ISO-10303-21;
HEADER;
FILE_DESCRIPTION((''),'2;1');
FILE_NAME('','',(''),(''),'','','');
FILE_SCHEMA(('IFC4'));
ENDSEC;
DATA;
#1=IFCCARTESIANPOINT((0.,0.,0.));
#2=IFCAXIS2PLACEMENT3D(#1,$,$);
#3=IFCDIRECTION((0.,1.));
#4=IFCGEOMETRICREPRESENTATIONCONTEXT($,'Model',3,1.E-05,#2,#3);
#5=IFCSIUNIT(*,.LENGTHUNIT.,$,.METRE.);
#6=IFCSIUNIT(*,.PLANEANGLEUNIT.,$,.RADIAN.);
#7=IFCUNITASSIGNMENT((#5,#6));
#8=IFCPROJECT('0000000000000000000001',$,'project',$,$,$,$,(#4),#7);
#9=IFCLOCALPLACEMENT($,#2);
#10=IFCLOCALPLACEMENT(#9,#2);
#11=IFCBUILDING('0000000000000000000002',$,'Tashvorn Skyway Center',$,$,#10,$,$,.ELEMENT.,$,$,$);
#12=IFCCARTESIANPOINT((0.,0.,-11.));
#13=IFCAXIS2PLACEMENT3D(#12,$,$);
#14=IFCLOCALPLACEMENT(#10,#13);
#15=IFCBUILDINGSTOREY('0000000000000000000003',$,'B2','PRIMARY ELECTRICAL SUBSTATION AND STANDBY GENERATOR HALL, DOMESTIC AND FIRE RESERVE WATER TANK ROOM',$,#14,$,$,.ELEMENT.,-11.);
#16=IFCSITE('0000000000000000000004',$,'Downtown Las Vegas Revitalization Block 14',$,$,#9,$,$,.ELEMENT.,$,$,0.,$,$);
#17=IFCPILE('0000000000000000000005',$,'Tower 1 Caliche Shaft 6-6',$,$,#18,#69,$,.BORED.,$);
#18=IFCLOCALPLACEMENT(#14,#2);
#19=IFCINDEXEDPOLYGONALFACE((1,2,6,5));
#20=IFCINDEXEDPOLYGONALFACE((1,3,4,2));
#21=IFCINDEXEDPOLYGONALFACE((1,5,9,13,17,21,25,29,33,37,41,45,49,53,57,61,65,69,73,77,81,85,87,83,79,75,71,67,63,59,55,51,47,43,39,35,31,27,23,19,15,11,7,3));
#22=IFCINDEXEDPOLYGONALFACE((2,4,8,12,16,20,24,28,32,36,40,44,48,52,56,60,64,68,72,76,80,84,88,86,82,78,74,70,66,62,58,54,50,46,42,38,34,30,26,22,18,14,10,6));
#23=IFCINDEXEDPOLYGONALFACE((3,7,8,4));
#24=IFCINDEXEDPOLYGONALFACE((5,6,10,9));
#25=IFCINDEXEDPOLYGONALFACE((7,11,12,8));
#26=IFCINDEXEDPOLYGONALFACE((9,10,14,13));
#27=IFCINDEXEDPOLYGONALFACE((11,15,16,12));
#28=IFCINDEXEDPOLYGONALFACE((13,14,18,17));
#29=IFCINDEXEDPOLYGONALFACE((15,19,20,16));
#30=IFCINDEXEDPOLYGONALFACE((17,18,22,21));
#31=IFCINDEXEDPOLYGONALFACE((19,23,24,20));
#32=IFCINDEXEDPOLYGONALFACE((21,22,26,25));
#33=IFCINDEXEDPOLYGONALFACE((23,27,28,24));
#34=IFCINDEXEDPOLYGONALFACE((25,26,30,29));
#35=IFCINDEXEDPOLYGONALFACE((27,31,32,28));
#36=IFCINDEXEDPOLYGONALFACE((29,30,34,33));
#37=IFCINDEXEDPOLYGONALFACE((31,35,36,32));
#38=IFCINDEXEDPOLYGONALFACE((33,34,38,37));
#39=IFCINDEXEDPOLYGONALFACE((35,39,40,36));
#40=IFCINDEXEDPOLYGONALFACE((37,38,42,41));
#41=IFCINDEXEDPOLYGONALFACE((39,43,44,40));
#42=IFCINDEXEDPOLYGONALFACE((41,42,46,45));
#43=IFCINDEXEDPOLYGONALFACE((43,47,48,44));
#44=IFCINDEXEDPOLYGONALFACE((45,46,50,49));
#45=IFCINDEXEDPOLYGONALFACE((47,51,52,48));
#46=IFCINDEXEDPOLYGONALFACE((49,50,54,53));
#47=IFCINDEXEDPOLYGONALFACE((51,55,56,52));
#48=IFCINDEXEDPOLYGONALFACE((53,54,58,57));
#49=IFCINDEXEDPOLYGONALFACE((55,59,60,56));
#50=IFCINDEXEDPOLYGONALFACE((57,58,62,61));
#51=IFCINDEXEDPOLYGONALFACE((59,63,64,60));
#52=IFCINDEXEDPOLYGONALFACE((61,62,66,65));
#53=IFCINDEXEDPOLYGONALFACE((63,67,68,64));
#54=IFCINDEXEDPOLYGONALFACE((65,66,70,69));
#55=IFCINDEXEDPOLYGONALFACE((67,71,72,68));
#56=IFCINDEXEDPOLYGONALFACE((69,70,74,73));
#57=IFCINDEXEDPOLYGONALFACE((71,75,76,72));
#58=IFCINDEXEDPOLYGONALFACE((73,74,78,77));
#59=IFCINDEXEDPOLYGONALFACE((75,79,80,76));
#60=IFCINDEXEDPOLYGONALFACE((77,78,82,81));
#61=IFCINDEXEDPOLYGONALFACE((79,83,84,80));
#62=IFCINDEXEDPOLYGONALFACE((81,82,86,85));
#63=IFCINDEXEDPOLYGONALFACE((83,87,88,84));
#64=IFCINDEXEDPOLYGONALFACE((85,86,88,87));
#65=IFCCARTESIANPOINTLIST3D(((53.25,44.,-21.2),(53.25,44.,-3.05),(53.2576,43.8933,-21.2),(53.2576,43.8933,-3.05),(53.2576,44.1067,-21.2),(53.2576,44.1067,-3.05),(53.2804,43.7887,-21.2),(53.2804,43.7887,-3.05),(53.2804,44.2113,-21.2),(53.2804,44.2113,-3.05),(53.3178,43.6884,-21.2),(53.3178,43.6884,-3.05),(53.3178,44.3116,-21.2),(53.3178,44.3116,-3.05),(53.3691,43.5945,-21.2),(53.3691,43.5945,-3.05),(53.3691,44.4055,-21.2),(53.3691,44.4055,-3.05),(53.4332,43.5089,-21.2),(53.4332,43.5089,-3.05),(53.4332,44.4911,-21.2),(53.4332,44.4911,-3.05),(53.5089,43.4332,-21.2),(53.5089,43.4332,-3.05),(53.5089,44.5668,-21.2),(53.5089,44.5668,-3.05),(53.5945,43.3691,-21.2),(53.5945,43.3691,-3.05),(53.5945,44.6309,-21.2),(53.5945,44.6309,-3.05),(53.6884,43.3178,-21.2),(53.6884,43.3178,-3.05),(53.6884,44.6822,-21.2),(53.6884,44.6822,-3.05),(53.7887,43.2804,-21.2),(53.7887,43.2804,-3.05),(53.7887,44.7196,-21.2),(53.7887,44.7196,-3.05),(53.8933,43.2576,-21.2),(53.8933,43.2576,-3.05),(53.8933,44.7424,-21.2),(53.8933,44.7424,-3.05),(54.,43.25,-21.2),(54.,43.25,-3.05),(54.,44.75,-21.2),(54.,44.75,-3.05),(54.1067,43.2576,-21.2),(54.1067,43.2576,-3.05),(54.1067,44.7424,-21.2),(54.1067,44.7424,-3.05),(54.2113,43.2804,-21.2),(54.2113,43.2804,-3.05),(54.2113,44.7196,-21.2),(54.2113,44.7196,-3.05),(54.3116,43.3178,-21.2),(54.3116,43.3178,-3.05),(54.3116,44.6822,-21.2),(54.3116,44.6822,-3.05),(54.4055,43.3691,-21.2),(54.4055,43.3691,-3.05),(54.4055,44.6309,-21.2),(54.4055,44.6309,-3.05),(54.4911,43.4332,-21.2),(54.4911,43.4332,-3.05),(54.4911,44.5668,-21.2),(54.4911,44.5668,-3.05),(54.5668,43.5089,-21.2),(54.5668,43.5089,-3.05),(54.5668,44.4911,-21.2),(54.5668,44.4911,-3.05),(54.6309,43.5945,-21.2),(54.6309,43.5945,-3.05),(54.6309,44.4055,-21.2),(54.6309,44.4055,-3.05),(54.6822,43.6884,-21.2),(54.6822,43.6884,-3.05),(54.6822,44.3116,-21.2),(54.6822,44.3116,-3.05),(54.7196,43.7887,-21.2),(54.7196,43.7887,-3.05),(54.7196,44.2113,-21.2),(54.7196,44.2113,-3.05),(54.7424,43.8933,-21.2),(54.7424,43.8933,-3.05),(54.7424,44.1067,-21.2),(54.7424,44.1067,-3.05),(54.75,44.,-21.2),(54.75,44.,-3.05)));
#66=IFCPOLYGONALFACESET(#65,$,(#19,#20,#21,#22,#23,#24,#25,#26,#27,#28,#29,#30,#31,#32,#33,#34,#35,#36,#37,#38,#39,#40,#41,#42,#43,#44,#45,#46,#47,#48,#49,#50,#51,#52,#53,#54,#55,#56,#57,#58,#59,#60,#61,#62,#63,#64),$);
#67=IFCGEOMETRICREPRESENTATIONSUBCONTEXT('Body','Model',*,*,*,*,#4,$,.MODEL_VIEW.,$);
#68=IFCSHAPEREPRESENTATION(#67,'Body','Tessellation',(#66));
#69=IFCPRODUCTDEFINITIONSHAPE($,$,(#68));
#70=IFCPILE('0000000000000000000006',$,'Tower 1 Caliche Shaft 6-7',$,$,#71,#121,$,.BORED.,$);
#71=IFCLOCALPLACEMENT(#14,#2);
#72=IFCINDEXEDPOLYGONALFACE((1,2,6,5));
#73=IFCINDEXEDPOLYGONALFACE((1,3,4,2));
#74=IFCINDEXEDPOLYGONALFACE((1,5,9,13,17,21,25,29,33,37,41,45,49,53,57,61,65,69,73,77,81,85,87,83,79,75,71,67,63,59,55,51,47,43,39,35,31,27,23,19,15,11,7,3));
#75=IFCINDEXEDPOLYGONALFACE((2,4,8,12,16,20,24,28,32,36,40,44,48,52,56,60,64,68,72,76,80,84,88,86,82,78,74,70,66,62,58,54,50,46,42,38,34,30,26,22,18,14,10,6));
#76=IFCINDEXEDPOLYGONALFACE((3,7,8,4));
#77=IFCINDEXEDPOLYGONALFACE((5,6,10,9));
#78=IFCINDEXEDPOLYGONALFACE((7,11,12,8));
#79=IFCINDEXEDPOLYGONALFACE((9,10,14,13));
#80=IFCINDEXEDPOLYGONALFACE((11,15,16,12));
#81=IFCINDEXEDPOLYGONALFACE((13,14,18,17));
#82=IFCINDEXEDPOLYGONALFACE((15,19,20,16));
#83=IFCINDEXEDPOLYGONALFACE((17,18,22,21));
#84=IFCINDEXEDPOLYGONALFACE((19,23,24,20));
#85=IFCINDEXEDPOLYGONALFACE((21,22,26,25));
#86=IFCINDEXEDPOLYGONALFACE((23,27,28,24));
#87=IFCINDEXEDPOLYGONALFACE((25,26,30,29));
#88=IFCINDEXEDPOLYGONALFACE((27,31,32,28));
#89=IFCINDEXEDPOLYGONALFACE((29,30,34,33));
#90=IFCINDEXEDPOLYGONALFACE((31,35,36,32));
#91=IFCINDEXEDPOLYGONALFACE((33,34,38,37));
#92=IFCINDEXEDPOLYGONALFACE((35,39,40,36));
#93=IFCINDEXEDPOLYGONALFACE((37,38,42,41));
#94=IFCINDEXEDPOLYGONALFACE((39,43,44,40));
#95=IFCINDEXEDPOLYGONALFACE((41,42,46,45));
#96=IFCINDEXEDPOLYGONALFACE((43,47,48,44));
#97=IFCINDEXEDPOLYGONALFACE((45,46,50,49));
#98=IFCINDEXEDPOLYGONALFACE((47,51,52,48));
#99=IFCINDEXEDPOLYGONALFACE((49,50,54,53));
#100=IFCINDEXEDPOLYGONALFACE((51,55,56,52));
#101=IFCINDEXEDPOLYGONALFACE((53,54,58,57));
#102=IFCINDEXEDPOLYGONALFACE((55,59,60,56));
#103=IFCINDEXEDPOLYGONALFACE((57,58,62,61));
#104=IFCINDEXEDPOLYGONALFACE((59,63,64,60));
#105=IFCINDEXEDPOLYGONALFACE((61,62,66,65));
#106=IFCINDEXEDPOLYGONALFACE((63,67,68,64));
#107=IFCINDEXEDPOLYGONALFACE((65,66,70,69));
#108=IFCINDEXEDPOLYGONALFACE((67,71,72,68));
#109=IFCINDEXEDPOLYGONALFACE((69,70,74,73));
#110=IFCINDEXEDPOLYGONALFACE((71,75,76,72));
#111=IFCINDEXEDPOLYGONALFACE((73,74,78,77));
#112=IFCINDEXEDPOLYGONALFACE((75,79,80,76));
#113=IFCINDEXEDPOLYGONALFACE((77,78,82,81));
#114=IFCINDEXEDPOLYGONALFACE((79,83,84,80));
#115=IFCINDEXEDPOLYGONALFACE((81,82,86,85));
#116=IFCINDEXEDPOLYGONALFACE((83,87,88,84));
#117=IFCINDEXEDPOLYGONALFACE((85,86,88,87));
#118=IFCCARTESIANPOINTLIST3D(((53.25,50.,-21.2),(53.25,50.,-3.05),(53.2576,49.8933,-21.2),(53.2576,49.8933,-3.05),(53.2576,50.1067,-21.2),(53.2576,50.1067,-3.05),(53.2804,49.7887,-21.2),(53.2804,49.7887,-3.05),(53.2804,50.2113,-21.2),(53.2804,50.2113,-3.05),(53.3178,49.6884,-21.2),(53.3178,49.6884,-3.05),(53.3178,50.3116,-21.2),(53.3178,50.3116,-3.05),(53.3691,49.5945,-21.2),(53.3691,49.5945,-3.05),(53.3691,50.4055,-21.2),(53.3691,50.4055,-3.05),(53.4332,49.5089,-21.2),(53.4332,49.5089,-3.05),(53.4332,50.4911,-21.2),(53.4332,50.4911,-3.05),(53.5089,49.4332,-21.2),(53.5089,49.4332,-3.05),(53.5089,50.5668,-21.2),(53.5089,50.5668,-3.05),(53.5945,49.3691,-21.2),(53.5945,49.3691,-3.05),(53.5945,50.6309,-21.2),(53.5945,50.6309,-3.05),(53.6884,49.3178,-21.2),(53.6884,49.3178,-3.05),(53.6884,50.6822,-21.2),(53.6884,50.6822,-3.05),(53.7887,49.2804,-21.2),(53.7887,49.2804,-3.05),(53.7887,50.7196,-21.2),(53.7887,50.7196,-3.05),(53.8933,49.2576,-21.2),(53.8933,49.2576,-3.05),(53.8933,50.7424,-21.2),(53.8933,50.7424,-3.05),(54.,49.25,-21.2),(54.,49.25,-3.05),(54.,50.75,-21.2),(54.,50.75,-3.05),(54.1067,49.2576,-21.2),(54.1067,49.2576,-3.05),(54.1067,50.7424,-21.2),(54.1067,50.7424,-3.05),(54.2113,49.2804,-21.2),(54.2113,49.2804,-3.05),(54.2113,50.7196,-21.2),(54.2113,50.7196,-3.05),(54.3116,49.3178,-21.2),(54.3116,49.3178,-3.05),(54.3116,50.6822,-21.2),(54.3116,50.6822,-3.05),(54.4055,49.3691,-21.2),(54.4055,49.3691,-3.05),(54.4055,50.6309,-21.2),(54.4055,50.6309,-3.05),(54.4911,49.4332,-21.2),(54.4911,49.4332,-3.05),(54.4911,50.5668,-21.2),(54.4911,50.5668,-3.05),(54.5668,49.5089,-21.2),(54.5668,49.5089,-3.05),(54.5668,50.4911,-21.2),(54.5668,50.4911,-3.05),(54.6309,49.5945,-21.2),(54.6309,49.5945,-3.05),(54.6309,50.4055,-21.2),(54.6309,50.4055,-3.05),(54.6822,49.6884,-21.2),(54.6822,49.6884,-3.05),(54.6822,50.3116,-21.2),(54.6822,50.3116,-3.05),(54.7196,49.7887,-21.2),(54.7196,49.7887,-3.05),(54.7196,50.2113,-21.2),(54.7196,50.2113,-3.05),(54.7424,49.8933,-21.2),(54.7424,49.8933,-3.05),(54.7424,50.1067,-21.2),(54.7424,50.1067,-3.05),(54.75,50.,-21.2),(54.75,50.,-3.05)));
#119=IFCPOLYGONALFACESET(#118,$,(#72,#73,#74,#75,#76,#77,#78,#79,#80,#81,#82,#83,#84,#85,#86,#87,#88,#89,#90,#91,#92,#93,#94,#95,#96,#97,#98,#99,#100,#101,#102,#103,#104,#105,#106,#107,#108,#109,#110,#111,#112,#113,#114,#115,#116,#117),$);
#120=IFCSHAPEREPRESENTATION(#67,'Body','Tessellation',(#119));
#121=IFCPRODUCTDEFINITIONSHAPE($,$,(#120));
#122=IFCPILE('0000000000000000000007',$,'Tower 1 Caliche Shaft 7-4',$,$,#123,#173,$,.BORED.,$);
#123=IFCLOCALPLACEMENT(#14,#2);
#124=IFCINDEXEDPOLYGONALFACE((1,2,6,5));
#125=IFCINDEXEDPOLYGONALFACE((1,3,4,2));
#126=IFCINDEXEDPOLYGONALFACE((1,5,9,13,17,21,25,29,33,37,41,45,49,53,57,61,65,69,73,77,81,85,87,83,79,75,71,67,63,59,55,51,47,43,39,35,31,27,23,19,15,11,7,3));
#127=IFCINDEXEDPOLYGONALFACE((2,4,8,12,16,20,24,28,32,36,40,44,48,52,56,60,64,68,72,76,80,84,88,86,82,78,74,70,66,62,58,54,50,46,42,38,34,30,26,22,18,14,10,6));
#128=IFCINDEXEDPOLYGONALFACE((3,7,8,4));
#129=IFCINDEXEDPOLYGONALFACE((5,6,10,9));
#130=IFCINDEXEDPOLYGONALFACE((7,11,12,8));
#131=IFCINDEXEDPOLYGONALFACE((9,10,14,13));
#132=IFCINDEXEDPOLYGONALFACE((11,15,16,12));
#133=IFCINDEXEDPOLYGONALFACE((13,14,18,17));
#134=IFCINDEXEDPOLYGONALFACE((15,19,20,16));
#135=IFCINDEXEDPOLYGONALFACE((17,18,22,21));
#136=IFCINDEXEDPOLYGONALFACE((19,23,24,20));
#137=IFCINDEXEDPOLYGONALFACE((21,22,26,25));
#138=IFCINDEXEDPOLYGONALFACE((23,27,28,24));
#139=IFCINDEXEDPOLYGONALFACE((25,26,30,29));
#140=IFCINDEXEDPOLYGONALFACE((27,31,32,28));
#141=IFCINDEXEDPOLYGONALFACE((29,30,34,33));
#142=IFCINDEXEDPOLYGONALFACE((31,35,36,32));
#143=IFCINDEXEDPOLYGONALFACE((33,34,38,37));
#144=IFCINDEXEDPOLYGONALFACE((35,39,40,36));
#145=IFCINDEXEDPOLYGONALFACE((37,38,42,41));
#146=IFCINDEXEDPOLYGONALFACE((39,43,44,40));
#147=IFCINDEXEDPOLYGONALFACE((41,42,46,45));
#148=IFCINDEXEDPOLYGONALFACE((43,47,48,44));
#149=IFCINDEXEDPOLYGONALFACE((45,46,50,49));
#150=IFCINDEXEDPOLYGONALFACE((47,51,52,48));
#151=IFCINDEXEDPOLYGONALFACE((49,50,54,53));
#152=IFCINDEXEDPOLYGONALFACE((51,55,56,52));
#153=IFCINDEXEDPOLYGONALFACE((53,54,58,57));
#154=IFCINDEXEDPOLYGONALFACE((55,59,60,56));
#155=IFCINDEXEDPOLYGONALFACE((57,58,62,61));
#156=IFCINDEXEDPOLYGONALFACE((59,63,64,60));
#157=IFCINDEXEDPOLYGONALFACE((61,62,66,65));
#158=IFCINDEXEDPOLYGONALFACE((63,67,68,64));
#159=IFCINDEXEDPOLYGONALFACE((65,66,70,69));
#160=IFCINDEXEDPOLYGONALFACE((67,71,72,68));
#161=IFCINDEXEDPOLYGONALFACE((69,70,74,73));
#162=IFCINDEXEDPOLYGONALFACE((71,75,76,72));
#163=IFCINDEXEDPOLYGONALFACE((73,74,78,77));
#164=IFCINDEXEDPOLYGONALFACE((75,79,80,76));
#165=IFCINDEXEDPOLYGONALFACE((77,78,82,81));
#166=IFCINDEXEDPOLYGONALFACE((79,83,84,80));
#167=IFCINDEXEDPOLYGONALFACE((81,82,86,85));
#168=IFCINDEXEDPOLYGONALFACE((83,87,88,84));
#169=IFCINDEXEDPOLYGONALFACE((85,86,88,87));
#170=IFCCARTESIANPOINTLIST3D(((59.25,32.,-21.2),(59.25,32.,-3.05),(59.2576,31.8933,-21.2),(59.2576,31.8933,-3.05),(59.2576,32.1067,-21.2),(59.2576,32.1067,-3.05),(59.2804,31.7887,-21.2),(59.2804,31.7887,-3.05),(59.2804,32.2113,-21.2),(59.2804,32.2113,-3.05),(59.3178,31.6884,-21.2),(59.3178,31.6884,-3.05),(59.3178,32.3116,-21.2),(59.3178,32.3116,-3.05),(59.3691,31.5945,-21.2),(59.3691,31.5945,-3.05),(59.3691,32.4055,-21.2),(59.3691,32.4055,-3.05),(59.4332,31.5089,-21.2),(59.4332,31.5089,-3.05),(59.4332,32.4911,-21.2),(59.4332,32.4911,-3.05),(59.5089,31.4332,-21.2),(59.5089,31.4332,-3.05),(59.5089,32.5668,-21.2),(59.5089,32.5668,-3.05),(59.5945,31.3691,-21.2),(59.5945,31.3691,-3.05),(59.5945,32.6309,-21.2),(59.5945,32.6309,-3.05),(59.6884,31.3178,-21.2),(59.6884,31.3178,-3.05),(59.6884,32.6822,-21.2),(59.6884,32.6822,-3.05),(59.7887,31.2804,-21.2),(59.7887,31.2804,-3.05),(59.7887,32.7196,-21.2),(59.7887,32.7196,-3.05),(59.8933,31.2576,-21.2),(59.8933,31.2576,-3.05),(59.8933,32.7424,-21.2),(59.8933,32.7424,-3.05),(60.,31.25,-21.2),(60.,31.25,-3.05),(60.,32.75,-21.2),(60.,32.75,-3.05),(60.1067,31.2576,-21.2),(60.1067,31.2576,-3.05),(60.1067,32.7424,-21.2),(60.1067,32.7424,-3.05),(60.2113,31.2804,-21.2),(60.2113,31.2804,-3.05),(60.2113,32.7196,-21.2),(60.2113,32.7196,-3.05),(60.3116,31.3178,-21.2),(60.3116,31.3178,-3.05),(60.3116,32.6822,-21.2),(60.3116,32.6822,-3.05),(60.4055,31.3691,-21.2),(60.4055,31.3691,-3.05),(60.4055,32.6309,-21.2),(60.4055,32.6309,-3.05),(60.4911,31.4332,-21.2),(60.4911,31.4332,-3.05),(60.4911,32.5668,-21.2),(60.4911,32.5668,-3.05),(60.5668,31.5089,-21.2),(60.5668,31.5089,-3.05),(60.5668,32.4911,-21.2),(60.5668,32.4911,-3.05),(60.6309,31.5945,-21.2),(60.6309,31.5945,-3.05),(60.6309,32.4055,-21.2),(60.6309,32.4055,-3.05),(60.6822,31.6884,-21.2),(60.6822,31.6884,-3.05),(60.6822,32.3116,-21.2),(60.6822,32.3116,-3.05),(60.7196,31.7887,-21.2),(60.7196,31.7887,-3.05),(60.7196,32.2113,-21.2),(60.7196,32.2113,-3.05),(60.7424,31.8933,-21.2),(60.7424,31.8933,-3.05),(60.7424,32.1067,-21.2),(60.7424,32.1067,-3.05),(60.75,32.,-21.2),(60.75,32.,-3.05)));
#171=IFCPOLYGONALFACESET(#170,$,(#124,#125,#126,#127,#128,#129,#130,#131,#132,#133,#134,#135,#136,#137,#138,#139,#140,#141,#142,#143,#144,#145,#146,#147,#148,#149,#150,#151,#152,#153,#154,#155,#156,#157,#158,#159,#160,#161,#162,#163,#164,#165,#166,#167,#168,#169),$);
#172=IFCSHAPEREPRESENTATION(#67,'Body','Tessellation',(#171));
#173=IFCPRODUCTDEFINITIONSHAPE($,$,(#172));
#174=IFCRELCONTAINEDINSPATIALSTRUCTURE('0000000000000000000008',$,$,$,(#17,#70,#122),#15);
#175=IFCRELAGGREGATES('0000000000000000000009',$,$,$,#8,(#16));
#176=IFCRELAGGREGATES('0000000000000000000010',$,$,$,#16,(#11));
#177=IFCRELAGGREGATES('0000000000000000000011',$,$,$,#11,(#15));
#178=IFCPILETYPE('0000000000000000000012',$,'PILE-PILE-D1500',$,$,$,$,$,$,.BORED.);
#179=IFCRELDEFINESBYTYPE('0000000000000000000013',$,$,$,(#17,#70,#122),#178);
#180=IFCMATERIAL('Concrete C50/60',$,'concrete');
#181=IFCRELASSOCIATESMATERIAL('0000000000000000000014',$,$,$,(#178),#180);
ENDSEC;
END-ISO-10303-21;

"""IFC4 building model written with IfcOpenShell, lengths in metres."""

from ifc_helpers import new_model, si_unit, direction, frame, origin, origin_2d, place, context, subcontext, project, spatial, circle, extrude, material, material_profile, profile_set, type_object, element, save


model = new_model("IFC4")

# Units and contexts
model_context = context("Model", 3, precision=1e-05, world=origin(), true_north=direction((0.0, 1.0)))
body_context = subcontext(model_context, "Body", "Model", "MODEL_VIEW")
ifc_project = project(units=[si_unit("LENGTHUNIT", "METRE"), si_unit("PLANEANGLEUNIT", "RADIAN")], contexts=[model_context])

# Site, building, storey
site_placement = place(None, origin())
site = spatial("IfcSite", under=ifc_project, at=site_placement, Name="Downtown Las Vegas Revitalization Block 14", CompositionType="ELEMENT", RefElevation=0.0)
building_placement = place(site_placement, origin())
building = spatial("IfcBuilding", under=site, at=building_placement, Name="Tashvorn Skyway Center", CompositionType="ELEMENT")
storey_placement = place(building_placement, frame((0.0, 0.0, -11.0)))
storey = spatial("IfcBuildingStorey", under=building, at=storey_placement, Name="B2", Description="PRIMARY ELECTRICAL SUBSTATION AND STANDBY GENERATOR HALL, DOMESTIC AND FIRE RESERVE WATER TANK ROOM", CompositionType="ELEMENT", Elevation=-11.0)

# Piles
ifc_material_1 = material(Name="Concrete C50/60", Category="concrete")
ifc_material_profile_1 = material_profile(ifc_material_1, circle(Radius=0.75, at=origin_2d()), Name="PILE-D1500")
ifc_profile_set_1 = profile_set([ifc_material_profile_1], Name="Concrete C50/60")
pile_type = type_object("IfcPileType", Name="PILE-PILE-D1500", PredefinedType="BORED", material=ifc_profile_set_1)
for number, where, z_axis, x_axis, name in (
    (1, (54.0, 44.0, -3.05), (0.0, 0.0, -1.0), (1.0, 0.0, 0.0), "Tower 1 Caliche Shaft 6-6"),
    (2, (54.0, 50.0, -3.05), (0.0, 0.0, -1.0), (1.0, 0.0, 0.0), "Tower 1 Caliche Shaft 6-7"),
    (3, (60.0, 32.0, -3.05), (0.0, 0.0, -1.0), (1.0, 0.0, 0.0), "Tower 1 Caliche Shaft 7-4"),
):
    element("IfcPile", number, at=place(storey_placement, frame(where, z_axis=z_axis, x_axis=x_axis)), inside=storey, type_object=pile_type, Name=name, PredefinedType="BORED", context=body_context, shape_type="SweptSolid", body=[
        extrude(circle(Radius=0.75, at=origin_2d()), origin(), (0.0, 0.0, 1.0), 18.1499),
    ])

save(model, "model.ifc")
